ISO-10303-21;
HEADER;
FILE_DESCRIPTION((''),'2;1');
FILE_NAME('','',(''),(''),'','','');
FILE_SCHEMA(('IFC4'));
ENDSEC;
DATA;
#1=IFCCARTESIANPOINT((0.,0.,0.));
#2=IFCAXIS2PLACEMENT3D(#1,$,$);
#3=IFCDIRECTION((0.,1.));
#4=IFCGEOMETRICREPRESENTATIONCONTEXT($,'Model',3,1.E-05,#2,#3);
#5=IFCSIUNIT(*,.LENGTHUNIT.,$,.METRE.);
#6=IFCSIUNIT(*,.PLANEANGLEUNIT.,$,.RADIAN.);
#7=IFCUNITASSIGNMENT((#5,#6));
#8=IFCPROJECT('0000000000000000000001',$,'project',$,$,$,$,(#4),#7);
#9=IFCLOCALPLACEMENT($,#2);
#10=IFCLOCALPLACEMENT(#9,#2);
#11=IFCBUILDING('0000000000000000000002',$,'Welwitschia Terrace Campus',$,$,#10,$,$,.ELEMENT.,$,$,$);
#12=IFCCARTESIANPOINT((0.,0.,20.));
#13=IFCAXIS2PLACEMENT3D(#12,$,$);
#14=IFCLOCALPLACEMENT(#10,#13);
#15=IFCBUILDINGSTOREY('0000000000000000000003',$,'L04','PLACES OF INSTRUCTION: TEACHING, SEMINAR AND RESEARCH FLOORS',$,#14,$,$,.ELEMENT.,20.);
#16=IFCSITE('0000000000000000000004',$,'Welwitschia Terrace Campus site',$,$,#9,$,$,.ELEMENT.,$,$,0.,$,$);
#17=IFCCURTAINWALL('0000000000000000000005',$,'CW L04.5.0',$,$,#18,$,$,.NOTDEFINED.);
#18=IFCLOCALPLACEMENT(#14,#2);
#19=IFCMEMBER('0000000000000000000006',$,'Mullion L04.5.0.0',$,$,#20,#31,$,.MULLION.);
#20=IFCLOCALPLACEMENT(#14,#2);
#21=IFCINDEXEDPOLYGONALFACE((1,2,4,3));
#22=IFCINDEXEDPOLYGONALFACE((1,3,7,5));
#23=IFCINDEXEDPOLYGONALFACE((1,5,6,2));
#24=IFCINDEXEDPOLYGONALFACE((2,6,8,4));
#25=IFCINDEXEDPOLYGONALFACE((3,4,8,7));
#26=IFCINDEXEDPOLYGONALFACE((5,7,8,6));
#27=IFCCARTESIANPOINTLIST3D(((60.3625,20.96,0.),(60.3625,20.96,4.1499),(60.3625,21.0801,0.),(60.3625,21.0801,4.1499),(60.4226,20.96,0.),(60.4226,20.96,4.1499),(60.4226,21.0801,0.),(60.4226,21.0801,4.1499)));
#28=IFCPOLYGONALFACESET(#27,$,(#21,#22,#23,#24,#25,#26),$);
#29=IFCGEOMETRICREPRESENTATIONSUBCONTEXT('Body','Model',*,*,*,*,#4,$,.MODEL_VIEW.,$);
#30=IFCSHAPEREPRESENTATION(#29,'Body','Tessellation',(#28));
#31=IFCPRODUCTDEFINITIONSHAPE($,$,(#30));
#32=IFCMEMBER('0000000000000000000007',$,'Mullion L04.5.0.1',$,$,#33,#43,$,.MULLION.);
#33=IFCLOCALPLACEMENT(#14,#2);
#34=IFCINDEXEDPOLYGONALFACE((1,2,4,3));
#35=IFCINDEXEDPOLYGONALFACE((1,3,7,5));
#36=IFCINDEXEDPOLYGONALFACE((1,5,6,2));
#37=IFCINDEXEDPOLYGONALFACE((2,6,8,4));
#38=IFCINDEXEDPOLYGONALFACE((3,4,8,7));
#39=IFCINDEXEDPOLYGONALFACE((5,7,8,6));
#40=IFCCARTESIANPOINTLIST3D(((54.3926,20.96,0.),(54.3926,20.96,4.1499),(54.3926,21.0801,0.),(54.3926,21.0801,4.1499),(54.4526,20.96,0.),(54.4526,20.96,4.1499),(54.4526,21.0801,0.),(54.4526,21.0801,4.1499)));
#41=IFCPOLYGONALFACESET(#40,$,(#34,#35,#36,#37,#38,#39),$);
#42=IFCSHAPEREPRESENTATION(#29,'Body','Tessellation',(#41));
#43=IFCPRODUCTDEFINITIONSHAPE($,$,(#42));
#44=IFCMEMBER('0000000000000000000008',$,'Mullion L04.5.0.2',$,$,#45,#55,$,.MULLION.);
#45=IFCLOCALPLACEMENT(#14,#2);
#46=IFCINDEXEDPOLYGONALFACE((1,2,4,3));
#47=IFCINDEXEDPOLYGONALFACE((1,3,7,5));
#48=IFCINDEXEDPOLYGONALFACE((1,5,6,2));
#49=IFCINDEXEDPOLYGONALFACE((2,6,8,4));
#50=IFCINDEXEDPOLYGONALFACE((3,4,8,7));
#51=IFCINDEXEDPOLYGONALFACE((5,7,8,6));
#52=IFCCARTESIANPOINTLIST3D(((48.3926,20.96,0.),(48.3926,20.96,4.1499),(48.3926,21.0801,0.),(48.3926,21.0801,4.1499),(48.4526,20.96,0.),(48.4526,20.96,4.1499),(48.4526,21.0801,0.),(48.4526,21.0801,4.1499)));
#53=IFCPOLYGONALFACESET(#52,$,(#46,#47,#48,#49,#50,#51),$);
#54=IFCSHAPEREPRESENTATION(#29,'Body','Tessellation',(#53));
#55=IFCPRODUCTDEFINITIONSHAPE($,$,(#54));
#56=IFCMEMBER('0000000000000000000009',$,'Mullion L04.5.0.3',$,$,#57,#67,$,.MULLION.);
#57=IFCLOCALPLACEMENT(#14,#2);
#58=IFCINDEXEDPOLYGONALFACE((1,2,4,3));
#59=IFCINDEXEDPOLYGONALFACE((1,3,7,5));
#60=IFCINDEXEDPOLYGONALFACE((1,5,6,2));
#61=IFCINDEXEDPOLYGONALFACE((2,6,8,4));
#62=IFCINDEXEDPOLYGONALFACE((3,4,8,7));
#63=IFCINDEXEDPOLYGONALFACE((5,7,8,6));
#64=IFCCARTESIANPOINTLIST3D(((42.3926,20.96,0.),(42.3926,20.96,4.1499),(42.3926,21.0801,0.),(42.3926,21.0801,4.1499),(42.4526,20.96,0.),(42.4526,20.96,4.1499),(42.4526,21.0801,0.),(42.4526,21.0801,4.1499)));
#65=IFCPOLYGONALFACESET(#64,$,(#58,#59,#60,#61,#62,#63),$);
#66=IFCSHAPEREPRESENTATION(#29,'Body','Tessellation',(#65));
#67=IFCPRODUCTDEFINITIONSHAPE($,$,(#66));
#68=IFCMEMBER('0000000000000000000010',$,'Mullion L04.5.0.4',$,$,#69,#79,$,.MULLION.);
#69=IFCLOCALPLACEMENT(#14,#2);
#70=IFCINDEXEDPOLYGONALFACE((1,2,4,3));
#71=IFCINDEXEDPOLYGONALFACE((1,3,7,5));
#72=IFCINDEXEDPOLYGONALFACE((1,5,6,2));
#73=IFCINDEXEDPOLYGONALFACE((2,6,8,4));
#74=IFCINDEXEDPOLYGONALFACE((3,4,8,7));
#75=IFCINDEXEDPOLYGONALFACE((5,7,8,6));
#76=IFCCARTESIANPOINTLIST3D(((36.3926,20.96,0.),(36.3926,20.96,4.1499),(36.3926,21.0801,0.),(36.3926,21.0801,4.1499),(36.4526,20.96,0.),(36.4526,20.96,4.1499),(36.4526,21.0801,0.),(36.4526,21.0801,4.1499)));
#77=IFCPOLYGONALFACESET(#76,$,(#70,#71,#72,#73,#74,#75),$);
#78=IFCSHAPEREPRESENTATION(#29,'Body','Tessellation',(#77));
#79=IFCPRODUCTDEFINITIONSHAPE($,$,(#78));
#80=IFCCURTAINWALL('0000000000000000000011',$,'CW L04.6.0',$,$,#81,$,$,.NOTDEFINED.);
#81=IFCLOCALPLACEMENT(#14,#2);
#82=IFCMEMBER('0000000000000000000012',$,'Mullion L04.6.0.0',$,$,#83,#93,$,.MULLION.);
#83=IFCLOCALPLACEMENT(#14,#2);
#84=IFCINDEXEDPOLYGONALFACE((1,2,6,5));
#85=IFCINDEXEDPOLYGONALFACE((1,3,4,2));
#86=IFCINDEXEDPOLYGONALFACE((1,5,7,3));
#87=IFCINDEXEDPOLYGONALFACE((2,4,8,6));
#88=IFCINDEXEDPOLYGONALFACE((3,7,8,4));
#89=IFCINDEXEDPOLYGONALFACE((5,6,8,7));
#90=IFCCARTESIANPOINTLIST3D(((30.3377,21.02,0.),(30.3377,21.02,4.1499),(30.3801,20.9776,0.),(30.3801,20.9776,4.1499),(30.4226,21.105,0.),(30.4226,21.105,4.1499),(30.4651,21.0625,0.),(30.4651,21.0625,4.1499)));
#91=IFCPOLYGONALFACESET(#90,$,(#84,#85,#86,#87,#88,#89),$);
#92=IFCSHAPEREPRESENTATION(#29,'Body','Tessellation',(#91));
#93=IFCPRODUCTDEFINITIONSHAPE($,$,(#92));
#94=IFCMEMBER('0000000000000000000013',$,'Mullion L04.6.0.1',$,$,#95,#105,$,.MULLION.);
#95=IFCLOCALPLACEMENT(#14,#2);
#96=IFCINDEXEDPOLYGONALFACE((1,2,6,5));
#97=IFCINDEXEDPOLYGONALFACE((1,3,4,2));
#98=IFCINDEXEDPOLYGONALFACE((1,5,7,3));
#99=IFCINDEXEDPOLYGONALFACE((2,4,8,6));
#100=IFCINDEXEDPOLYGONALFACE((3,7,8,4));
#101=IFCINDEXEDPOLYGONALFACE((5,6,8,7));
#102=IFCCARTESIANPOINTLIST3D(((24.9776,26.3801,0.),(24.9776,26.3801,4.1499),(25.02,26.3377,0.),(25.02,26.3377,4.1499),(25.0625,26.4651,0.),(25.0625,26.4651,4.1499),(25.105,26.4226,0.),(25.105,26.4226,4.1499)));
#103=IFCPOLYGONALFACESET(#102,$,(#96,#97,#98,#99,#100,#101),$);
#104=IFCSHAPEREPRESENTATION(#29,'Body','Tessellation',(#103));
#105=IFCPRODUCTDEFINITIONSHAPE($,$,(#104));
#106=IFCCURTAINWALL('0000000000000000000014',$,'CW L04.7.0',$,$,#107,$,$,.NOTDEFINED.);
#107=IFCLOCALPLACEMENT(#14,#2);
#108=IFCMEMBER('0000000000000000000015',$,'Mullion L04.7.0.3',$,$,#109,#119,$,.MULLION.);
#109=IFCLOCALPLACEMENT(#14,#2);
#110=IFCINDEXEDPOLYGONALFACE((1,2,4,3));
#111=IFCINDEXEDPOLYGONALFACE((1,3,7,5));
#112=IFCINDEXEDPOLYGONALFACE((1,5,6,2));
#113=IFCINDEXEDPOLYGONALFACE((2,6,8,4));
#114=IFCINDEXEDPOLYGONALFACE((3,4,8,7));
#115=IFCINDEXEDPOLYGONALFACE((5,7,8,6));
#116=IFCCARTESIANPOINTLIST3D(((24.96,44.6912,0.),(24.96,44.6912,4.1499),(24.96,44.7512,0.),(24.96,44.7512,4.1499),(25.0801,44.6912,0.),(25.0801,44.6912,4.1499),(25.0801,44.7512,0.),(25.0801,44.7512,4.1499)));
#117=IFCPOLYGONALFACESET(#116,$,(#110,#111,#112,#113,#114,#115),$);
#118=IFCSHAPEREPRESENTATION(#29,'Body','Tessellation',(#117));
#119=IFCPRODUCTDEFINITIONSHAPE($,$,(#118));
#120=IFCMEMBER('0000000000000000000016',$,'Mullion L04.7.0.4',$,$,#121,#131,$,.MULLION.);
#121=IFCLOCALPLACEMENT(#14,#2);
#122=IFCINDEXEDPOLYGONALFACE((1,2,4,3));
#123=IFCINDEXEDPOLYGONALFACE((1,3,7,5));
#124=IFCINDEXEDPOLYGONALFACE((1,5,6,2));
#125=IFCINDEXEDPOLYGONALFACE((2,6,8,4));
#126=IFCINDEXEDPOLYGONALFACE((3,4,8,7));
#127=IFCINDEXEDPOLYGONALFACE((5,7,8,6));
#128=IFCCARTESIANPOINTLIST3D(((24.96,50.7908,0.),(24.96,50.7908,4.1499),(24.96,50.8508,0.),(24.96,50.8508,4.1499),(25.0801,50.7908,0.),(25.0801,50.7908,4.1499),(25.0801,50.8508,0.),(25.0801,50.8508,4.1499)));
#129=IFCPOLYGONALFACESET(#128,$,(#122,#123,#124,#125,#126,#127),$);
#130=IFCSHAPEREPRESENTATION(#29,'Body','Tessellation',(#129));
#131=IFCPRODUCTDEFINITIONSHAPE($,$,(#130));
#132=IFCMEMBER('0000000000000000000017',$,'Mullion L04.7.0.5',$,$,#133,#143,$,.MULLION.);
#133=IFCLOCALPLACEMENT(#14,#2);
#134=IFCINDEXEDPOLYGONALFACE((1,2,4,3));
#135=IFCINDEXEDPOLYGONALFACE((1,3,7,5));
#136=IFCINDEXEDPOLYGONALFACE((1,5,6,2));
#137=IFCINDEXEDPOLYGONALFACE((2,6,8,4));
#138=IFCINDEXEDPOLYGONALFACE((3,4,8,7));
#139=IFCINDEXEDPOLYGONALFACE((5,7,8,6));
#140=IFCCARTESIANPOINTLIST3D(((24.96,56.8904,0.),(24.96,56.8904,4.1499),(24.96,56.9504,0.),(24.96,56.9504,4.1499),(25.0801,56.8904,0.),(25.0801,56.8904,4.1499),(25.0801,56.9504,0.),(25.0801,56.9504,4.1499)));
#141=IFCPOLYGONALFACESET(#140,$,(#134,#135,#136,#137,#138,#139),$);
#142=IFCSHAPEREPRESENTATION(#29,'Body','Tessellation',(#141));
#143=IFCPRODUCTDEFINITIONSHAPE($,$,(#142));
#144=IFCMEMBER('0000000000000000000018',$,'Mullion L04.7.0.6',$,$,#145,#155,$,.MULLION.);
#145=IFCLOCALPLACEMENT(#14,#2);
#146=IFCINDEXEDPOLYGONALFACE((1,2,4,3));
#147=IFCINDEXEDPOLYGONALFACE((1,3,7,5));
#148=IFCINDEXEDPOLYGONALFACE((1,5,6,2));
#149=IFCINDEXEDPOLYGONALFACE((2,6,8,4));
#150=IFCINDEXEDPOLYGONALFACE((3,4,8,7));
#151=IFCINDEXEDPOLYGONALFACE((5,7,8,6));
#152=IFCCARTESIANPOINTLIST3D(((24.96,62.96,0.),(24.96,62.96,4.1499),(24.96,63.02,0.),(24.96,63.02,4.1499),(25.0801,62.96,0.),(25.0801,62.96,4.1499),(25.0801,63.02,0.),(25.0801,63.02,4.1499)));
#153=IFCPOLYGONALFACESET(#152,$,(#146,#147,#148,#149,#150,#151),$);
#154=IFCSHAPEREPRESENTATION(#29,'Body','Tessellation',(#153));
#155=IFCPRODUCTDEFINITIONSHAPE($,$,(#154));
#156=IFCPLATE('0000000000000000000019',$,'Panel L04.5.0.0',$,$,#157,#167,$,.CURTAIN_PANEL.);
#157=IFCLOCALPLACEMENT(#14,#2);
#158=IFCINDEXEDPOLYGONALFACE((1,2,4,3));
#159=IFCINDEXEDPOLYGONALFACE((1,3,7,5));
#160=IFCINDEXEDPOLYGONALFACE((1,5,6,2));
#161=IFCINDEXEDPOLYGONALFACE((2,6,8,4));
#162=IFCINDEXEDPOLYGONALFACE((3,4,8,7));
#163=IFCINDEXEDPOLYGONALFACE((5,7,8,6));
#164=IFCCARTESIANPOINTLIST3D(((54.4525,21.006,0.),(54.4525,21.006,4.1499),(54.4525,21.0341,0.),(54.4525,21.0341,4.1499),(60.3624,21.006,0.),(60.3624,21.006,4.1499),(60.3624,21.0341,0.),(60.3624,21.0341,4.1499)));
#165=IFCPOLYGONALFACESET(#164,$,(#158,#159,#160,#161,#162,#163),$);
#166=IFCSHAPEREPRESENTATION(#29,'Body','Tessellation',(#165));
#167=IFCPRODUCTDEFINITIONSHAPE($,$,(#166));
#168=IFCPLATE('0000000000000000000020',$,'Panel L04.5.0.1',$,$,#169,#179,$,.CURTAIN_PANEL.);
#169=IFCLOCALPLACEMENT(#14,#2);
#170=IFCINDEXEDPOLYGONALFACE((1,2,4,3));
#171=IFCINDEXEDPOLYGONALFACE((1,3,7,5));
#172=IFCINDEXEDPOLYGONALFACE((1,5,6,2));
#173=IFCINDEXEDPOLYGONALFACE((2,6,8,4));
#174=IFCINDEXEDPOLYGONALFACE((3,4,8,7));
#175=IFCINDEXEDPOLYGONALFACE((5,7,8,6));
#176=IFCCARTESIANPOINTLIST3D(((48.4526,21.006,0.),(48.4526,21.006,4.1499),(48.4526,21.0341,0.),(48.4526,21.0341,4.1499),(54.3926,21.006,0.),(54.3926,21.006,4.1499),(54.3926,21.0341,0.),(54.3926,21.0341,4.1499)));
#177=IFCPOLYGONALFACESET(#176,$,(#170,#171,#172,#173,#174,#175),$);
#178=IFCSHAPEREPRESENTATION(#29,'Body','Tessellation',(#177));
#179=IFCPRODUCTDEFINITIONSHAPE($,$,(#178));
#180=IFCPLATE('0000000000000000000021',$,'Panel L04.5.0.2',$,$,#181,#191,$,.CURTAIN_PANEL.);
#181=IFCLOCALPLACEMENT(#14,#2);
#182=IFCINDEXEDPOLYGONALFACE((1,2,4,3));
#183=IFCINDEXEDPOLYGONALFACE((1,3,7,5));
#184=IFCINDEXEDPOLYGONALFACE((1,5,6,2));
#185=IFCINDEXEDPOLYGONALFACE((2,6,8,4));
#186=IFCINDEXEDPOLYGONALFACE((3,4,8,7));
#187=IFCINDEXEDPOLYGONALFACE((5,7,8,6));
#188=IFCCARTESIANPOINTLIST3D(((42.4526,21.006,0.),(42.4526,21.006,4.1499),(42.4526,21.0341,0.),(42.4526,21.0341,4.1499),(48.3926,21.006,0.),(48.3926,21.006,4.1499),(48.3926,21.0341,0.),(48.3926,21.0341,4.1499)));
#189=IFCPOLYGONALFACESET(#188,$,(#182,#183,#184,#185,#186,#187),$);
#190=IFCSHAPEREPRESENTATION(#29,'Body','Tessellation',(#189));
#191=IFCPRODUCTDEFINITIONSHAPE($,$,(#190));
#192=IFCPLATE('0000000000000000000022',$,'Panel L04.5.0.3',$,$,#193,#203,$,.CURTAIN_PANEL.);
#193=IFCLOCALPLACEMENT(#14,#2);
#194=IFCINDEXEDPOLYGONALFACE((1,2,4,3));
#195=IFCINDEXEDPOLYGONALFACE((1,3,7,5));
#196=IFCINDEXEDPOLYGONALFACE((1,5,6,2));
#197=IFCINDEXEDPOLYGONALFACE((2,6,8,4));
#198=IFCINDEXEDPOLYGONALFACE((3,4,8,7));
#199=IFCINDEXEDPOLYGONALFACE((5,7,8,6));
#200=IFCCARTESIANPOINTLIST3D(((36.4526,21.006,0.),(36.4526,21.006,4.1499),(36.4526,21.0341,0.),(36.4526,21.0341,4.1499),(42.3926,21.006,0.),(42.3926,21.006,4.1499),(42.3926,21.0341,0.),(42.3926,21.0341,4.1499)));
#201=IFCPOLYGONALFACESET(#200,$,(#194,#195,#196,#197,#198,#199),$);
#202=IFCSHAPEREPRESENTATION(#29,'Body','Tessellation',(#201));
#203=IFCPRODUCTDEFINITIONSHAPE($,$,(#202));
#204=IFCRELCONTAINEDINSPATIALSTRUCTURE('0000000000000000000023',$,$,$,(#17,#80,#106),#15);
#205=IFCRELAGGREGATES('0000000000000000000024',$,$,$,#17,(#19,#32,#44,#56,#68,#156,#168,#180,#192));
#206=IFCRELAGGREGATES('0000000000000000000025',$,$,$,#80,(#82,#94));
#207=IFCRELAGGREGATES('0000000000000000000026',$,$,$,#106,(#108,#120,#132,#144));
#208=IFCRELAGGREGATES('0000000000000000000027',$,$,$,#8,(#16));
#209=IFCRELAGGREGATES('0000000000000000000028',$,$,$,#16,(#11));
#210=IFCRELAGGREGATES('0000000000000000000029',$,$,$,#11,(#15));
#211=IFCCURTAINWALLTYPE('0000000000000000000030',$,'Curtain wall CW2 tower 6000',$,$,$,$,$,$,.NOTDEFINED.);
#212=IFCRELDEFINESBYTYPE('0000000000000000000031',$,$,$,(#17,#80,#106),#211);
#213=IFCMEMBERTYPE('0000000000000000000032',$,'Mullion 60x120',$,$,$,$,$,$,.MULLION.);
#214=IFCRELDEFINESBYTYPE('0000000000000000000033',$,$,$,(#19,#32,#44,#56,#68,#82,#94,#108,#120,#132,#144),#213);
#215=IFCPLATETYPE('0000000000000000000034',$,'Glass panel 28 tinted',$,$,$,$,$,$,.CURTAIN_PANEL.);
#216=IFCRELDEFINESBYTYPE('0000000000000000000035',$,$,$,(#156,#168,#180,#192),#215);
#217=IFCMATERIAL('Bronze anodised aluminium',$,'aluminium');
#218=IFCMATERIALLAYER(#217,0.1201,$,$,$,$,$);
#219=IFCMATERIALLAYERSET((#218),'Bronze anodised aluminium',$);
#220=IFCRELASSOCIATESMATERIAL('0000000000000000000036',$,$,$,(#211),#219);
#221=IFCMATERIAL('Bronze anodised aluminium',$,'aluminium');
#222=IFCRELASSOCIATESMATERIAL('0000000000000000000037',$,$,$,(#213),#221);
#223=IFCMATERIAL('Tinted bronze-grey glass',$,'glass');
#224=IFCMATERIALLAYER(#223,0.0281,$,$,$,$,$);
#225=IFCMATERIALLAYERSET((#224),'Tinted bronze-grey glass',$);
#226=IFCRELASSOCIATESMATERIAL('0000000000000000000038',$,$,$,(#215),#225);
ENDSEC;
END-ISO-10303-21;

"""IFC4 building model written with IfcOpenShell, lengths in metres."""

from ifc_helpers import new_model, si_unit, direction, frame, origin, origin_2d, place, context, subcontext, project, spatial, rectangle, extrude, material, layer, layer_set, material_profile, profile_set, type_object, element, aggregate, save


model = new_model("IFC4")

# Units and contexts
model_context = context("Model", 3, precision=1e-05, world=origin(), true_north=direction((0.0, 1.0)))
body_context = subcontext(model_context, "Body", "Model", "MODEL_VIEW")
ifc_project = project(units=[si_unit("LENGTHUNIT", "METRE"), si_unit("PLANEANGLEUNIT", "RADIAN")], contexts=[model_context])

# Site, building, storey
site_placement = place(None, origin())
site = spatial("IfcSite", under=ifc_project, at=site_placement, Name="Welwitschia Terrace Campus site", CompositionType="ELEMENT", RefElevation=0.0)
building_placement = place(site_placement, origin())
building = spatial("IfcBuilding", under=site, at=building_placement, Name="Welwitschia Terrace Campus", CompositionType="ELEMENT")
storey_placement = place(building_placement, frame((0.0, 0.0, 20.0)))
storey = spatial("IfcBuildingStorey", under=building, at=storey_placement, Name="L04", Description="PLACES OF INSTRUCTION: TEACHING, SEMINAR AND RESEARCH FLOORS", CompositionType="ELEMENT", Elevation=20.0)

# Curtain walls, members
ifc_material_1 = material(Name="Bronze anodised aluminium", Category="aluminium")
ifc_layer_1 = layer(ifc_material_1, 0.1201)
ifc_layer_set_1 = layer_set([ifc_layer_1], Name="Bronze anodised aluminium")
curtain_wall_type = type_object("IfcCurtainWallType", Name="Curtain wall CW2 tower 6000", PredefinedType="NOTDEFINED", material=ifc_layer_set_1)
curtain_wall_1_placement = place(storey_placement, origin())
curtain_wall_1 = element("IfcCurtainWall", 1, at=curtain_wall_1_placement, inside=storey, type_object=curtain_wall_type, Name="CW L04.5.0", PredefinedType="NOTDEFINED")
ifc_material_2 = material(Name="Bronze anodised aluminium", Category="aluminium")
ifc_material_profile = material_profile(ifc_material_2, rectangle(XDim=0.1201, YDim=0.0601, at=origin_2d()))
ifc_profile_set = profile_set([ifc_material_profile], Name="Bronze anodised aluminium")
member_type = type_object("IfcMemberType", Name="Mullion 60x120", PredefinedType="MULLION", material=ifc_profile_set)
member_1_placement = place(storey_placement, frame((60.3926, 21.02, 0.0), z_axis=(0.0, 0.0, 1.0), x_axis=(0.0, -1.0, 0.0)))
member_1 = element("IfcMember", 2, at=member_1_placement, type_object=member_type, Name="Mullion L04.5.0.0", PredefinedType="MULLION", context=body_context, shape_type="SweptSolid", body=[
    extrude(rectangle(XDim=0.1201, YDim=0.0601, at=origin_2d()), origin(), (0.0, 0.0, 1.0), 4.1499),
])
member_2_placement = place(storey_placement, frame((54.4226, 21.02, 0.0), z_axis=(0.0, 0.0, 1.0), x_axis=(0.0, -1.0, 0.0)))
member_2 = element("IfcMember", 3, at=member_2_placement, type_object=member_type, Name="Mullion L04.5.0.1", PredefinedType="MULLION", context=body_context, shape_type="SweptSolid", body=[
    extrude(rectangle(XDim=0.1201, YDim=0.0601, at=origin_2d()), origin(), (0.0, 0.0, 1.0), 4.1499),
])
member_3_placement = place(storey_placement, frame((48.4226, 21.02, 0.0), z_axis=(0.0, 0.0, 1.0), x_axis=(0.0, -1.0, 0.0)))
member_3 = element("IfcMember", 4, at=member_3_placement, type_object=member_type, Name="Mullion L04.5.0.2", PredefinedType="MULLION", context=body_context, shape_type="SweptSolid", body=[
    extrude(rectangle(XDim=0.1201, YDim=0.0601, at=origin_2d()), origin(), (0.0, 0.0, 1.0), 4.1499),
])
member_4_placement = place(storey_placement, frame((42.4226, 21.02, 0.0), z_axis=(0.0, 0.0, 1.0), x_axis=(0.0, -1.0, 0.0)))
member_4 = element("IfcMember", 5, at=member_4_placement, type_object=member_type, Name="Mullion L04.5.0.3", PredefinedType="MULLION", context=body_context, shape_type="SweptSolid", body=[
    extrude(rectangle(XDim=0.1201, YDim=0.0601, at=origin_2d()), origin(), (0.0, 0.0, 1.0), 4.1499),
])
member_5_placement = place(storey_placement, frame((36.4226, 21.02, 0.0), z_axis=(0.0, 0.0, 1.0), x_axis=(0.0, -1.0, 0.0)))
member_5 = element("IfcMember", 6, at=member_5_placement, type_object=member_type, Name="Mullion L04.5.0.4", PredefinedType="MULLION", context=body_context, shape_type="SweptSolid", body=[
    extrude(rectangle(XDim=0.1201, YDim=0.0601, at=origin_2d()), origin(), (0.0, 0.0, 1.0), 4.1499),
])
curtain_wall_2_placement = place(storey_placement, origin())
curtain_wall_2 = element("IfcCurtainWall", 7, at=curtain_wall_2_placement, inside=storey, type_object=curtain_wall_type, Name="CW L04.6.0", PredefinedType="NOTDEFINED")
member_6_placement = place(storey_placement, frame((30.4014, 21.0413, 0.0), z_axis=(0.0, 0.0, 1.0), x_axis=(-0.707107, -0.707107, 0.0)))
member_6 = element("IfcMember", 8, at=member_6_placement, type_object=member_type, Name="Mullion L04.6.0.0", PredefinedType="MULLION", context=body_context, shape_type="SweptSolid", body=[
    extrude(rectangle(XDim=0.1201, YDim=0.0601, at=origin_2d()), origin(), (0.0, 0.0, 1.0), 4.1499),
])
member_7_placement = place(storey_placement, frame((25.0413, 26.4014, 0.0), z_axis=(0.0, 0.0, 1.0), x_axis=(-0.707107, -0.707107, 0.0)))
member_7 = element("IfcMember", 9, at=member_7_placement, type_object=member_type, Name="Mullion L04.6.0.1", PredefinedType="MULLION", context=body_context, shape_type="SweptSolid", body=[
    extrude(rectangle(XDim=0.1201, YDim=0.0601, at=origin_2d()), origin(), (0.0, 0.0, 1.0), 4.1499),
])
curtain_wall_3_placement = place(storey_placement, origin())
curtain_wall_3 = element("IfcCurtainWall", 10, at=curtain_wall_3_placement, inside=storey, type_object=curtain_wall_type, Name="CW L04.7.0", PredefinedType="NOTDEFINED")
member_8_placement = place(storey_placement, frame((25.02, 44.7212, 0.0), z_axis=(0.0, 0.0, 1.0), x_axis=(-1.0, 0.0, 0.0)))
member_8 = element("IfcMember", 11, at=member_8_placement, type_object=member_type, Name="Mullion L04.7.0.3", PredefinedType="MULLION", context=body_context, shape_type="SweptSolid", body=[
    extrude(rectangle(XDim=0.1201, YDim=0.0601, at=origin_2d()), origin(), (0.0, 0.0, 1.0), 4.1499),
])
member_9_placement = place(storey_placement, frame((25.02, 50.8208, 0.0), z_axis=(0.0, 0.0, 1.0), x_axis=(-1.0, 0.0, 0.0)))
member_9 = element("IfcMember", 12, at=member_9_placement, type_object=member_type, Name="Mullion L04.7.0.4", PredefinedType="MULLION", context=body_context, shape_type="SweptSolid", body=[
    extrude(rectangle(XDim=0.1201, YDim=0.0601, at=origin_2d()), origin(), (0.0, 0.0, 1.0), 4.1499),
])
member_10_placement = place(storey_placement, frame((25.02, 56.9204, 0.0), z_axis=(0.0, 0.0, 1.0), x_axis=(-1.0, 0.0, 0.0)))
member_10 = element("IfcMember", 13, at=member_10_placement, type_object=member_type, Name="Mullion L04.7.0.5", PredefinedType="MULLION", context=body_context, shape_type="SweptSolid", body=[
    extrude(rectangle(XDim=0.1201, YDim=0.0601, at=origin_2d()), origin(), (0.0, 0.0, 1.0), 4.1499),
])
member_11_placement = place(storey_placement, frame((25.02, 62.99, 0.0), z_axis=(0.0, 0.0, 1.0), x_axis=(-1.0, 0.0, 0.0)))
member_11 = element("IfcMember", 14, at=member_11_placement, type_object=member_type, Name="Mullion L04.7.0.6", PredefinedType="MULLION", context=body_context, shape_type="SweptSolid", body=[
    extrude(rectangle(XDim=0.1201, YDim=0.0601, at=origin_2d()), origin(), (0.0, 0.0, 1.0), 4.1499),
])

# Plates
ifc_material_3 = material(Name="Tinted bronze-grey glass", Category="glass")
ifc_layer_2 = layer(ifc_material_3, 0.0281)
ifc_layer_set_2 = layer_set([ifc_layer_2], Name="Tinted bronze-grey glass")
plate_type = type_object("IfcPlateType", Name="Glass panel 28 tinted", PredefinedType="CURTAIN_PANEL", material=ifc_layer_set_2)
plate_1_placement = place(storey_placement, frame((57.4075, 21.02, 0.0), z_axis=(0.0, 0.0, 1.0), x_axis=(-1.0, 0.0, 0.0)))
plate_1 = element("IfcPlate", 15, at=plate_1_placement, type_object=plate_type, Name="Panel L04.5.0.0", PredefinedType="CURTAIN_PANEL", context=body_context, shape_type="SweptSolid", body=[
    extrude(rectangle(XDim=5.9099, YDim=0.0281, at=origin_2d()), origin(), (0.0, 0.0, 1.0), 4.1499),
])
plate_2_placement = place(storey_placement, frame((51.4226, 21.02, 0.0), z_axis=(0.0, 0.0, 1.0), x_axis=(-1.0, 0.0, 0.0)))
plate_2 = element("IfcPlate", 16, at=plate_2_placement, type_object=plate_type, Name="Panel L04.5.0.1", PredefinedType="CURTAIN_PANEL", context=body_context, shape_type="SweptSolid", body=[
    extrude(rectangle(XDim=5.9399, YDim=0.0281, at=origin_2d()), origin(), (0.0, 0.0, 1.0), 4.1499),
])
plate_3_placement = place(storey_placement, frame((45.4226, 21.02, 0.0), z_axis=(0.0, 0.0, 1.0), x_axis=(-1.0, 0.0, 0.0)))
plate_3 = element("IfcPlate", 17, at=plate_3_placement, type_object=plate_type, Name="Panel L04.5.0.2", PredefinedType="CURTAIN_PANEL", context=body_context, shape_type="SweptSolid", body=[
    extrude(rectangle(XDim=5.9399, YDim=0.0281, at=origin_2d()), origin(), (0.0, 0.0, 1.0), 4.1499),
])
plate_4_placement = place(storey_placement, frame((39.4226, 21.02, 0.0), z_axis=(0.0, 0.0, 1.0), x_axis=(-1.0, 0.0, 0.0)))
plate_4 = element("IfcPlate", 18, at=plate_4_placement, type_object=plate_type, Name="Panel L04.5.0.3", PredefinedType="CURTAIN_PANEL", context=body_context, shape_type="SweptSolid", body=[
    extrude(rectangle(XDim=5.9399, YDim=0.0281, at=origin_2d()), origin(), (0.0, 0.0, 1.0), 4.1499),
])
aggregate(curtain_wall_1, [member_1, member_2, member_3, member_4, member_5, plate_1, plate_2, plate_3, plate_4])
aggregate(curtain_wall_2, [member_6, member_7])
aggregate(curtain_wall_3, [member_8, member_9, member_10, member_11])

save(model, "model.ifc")
